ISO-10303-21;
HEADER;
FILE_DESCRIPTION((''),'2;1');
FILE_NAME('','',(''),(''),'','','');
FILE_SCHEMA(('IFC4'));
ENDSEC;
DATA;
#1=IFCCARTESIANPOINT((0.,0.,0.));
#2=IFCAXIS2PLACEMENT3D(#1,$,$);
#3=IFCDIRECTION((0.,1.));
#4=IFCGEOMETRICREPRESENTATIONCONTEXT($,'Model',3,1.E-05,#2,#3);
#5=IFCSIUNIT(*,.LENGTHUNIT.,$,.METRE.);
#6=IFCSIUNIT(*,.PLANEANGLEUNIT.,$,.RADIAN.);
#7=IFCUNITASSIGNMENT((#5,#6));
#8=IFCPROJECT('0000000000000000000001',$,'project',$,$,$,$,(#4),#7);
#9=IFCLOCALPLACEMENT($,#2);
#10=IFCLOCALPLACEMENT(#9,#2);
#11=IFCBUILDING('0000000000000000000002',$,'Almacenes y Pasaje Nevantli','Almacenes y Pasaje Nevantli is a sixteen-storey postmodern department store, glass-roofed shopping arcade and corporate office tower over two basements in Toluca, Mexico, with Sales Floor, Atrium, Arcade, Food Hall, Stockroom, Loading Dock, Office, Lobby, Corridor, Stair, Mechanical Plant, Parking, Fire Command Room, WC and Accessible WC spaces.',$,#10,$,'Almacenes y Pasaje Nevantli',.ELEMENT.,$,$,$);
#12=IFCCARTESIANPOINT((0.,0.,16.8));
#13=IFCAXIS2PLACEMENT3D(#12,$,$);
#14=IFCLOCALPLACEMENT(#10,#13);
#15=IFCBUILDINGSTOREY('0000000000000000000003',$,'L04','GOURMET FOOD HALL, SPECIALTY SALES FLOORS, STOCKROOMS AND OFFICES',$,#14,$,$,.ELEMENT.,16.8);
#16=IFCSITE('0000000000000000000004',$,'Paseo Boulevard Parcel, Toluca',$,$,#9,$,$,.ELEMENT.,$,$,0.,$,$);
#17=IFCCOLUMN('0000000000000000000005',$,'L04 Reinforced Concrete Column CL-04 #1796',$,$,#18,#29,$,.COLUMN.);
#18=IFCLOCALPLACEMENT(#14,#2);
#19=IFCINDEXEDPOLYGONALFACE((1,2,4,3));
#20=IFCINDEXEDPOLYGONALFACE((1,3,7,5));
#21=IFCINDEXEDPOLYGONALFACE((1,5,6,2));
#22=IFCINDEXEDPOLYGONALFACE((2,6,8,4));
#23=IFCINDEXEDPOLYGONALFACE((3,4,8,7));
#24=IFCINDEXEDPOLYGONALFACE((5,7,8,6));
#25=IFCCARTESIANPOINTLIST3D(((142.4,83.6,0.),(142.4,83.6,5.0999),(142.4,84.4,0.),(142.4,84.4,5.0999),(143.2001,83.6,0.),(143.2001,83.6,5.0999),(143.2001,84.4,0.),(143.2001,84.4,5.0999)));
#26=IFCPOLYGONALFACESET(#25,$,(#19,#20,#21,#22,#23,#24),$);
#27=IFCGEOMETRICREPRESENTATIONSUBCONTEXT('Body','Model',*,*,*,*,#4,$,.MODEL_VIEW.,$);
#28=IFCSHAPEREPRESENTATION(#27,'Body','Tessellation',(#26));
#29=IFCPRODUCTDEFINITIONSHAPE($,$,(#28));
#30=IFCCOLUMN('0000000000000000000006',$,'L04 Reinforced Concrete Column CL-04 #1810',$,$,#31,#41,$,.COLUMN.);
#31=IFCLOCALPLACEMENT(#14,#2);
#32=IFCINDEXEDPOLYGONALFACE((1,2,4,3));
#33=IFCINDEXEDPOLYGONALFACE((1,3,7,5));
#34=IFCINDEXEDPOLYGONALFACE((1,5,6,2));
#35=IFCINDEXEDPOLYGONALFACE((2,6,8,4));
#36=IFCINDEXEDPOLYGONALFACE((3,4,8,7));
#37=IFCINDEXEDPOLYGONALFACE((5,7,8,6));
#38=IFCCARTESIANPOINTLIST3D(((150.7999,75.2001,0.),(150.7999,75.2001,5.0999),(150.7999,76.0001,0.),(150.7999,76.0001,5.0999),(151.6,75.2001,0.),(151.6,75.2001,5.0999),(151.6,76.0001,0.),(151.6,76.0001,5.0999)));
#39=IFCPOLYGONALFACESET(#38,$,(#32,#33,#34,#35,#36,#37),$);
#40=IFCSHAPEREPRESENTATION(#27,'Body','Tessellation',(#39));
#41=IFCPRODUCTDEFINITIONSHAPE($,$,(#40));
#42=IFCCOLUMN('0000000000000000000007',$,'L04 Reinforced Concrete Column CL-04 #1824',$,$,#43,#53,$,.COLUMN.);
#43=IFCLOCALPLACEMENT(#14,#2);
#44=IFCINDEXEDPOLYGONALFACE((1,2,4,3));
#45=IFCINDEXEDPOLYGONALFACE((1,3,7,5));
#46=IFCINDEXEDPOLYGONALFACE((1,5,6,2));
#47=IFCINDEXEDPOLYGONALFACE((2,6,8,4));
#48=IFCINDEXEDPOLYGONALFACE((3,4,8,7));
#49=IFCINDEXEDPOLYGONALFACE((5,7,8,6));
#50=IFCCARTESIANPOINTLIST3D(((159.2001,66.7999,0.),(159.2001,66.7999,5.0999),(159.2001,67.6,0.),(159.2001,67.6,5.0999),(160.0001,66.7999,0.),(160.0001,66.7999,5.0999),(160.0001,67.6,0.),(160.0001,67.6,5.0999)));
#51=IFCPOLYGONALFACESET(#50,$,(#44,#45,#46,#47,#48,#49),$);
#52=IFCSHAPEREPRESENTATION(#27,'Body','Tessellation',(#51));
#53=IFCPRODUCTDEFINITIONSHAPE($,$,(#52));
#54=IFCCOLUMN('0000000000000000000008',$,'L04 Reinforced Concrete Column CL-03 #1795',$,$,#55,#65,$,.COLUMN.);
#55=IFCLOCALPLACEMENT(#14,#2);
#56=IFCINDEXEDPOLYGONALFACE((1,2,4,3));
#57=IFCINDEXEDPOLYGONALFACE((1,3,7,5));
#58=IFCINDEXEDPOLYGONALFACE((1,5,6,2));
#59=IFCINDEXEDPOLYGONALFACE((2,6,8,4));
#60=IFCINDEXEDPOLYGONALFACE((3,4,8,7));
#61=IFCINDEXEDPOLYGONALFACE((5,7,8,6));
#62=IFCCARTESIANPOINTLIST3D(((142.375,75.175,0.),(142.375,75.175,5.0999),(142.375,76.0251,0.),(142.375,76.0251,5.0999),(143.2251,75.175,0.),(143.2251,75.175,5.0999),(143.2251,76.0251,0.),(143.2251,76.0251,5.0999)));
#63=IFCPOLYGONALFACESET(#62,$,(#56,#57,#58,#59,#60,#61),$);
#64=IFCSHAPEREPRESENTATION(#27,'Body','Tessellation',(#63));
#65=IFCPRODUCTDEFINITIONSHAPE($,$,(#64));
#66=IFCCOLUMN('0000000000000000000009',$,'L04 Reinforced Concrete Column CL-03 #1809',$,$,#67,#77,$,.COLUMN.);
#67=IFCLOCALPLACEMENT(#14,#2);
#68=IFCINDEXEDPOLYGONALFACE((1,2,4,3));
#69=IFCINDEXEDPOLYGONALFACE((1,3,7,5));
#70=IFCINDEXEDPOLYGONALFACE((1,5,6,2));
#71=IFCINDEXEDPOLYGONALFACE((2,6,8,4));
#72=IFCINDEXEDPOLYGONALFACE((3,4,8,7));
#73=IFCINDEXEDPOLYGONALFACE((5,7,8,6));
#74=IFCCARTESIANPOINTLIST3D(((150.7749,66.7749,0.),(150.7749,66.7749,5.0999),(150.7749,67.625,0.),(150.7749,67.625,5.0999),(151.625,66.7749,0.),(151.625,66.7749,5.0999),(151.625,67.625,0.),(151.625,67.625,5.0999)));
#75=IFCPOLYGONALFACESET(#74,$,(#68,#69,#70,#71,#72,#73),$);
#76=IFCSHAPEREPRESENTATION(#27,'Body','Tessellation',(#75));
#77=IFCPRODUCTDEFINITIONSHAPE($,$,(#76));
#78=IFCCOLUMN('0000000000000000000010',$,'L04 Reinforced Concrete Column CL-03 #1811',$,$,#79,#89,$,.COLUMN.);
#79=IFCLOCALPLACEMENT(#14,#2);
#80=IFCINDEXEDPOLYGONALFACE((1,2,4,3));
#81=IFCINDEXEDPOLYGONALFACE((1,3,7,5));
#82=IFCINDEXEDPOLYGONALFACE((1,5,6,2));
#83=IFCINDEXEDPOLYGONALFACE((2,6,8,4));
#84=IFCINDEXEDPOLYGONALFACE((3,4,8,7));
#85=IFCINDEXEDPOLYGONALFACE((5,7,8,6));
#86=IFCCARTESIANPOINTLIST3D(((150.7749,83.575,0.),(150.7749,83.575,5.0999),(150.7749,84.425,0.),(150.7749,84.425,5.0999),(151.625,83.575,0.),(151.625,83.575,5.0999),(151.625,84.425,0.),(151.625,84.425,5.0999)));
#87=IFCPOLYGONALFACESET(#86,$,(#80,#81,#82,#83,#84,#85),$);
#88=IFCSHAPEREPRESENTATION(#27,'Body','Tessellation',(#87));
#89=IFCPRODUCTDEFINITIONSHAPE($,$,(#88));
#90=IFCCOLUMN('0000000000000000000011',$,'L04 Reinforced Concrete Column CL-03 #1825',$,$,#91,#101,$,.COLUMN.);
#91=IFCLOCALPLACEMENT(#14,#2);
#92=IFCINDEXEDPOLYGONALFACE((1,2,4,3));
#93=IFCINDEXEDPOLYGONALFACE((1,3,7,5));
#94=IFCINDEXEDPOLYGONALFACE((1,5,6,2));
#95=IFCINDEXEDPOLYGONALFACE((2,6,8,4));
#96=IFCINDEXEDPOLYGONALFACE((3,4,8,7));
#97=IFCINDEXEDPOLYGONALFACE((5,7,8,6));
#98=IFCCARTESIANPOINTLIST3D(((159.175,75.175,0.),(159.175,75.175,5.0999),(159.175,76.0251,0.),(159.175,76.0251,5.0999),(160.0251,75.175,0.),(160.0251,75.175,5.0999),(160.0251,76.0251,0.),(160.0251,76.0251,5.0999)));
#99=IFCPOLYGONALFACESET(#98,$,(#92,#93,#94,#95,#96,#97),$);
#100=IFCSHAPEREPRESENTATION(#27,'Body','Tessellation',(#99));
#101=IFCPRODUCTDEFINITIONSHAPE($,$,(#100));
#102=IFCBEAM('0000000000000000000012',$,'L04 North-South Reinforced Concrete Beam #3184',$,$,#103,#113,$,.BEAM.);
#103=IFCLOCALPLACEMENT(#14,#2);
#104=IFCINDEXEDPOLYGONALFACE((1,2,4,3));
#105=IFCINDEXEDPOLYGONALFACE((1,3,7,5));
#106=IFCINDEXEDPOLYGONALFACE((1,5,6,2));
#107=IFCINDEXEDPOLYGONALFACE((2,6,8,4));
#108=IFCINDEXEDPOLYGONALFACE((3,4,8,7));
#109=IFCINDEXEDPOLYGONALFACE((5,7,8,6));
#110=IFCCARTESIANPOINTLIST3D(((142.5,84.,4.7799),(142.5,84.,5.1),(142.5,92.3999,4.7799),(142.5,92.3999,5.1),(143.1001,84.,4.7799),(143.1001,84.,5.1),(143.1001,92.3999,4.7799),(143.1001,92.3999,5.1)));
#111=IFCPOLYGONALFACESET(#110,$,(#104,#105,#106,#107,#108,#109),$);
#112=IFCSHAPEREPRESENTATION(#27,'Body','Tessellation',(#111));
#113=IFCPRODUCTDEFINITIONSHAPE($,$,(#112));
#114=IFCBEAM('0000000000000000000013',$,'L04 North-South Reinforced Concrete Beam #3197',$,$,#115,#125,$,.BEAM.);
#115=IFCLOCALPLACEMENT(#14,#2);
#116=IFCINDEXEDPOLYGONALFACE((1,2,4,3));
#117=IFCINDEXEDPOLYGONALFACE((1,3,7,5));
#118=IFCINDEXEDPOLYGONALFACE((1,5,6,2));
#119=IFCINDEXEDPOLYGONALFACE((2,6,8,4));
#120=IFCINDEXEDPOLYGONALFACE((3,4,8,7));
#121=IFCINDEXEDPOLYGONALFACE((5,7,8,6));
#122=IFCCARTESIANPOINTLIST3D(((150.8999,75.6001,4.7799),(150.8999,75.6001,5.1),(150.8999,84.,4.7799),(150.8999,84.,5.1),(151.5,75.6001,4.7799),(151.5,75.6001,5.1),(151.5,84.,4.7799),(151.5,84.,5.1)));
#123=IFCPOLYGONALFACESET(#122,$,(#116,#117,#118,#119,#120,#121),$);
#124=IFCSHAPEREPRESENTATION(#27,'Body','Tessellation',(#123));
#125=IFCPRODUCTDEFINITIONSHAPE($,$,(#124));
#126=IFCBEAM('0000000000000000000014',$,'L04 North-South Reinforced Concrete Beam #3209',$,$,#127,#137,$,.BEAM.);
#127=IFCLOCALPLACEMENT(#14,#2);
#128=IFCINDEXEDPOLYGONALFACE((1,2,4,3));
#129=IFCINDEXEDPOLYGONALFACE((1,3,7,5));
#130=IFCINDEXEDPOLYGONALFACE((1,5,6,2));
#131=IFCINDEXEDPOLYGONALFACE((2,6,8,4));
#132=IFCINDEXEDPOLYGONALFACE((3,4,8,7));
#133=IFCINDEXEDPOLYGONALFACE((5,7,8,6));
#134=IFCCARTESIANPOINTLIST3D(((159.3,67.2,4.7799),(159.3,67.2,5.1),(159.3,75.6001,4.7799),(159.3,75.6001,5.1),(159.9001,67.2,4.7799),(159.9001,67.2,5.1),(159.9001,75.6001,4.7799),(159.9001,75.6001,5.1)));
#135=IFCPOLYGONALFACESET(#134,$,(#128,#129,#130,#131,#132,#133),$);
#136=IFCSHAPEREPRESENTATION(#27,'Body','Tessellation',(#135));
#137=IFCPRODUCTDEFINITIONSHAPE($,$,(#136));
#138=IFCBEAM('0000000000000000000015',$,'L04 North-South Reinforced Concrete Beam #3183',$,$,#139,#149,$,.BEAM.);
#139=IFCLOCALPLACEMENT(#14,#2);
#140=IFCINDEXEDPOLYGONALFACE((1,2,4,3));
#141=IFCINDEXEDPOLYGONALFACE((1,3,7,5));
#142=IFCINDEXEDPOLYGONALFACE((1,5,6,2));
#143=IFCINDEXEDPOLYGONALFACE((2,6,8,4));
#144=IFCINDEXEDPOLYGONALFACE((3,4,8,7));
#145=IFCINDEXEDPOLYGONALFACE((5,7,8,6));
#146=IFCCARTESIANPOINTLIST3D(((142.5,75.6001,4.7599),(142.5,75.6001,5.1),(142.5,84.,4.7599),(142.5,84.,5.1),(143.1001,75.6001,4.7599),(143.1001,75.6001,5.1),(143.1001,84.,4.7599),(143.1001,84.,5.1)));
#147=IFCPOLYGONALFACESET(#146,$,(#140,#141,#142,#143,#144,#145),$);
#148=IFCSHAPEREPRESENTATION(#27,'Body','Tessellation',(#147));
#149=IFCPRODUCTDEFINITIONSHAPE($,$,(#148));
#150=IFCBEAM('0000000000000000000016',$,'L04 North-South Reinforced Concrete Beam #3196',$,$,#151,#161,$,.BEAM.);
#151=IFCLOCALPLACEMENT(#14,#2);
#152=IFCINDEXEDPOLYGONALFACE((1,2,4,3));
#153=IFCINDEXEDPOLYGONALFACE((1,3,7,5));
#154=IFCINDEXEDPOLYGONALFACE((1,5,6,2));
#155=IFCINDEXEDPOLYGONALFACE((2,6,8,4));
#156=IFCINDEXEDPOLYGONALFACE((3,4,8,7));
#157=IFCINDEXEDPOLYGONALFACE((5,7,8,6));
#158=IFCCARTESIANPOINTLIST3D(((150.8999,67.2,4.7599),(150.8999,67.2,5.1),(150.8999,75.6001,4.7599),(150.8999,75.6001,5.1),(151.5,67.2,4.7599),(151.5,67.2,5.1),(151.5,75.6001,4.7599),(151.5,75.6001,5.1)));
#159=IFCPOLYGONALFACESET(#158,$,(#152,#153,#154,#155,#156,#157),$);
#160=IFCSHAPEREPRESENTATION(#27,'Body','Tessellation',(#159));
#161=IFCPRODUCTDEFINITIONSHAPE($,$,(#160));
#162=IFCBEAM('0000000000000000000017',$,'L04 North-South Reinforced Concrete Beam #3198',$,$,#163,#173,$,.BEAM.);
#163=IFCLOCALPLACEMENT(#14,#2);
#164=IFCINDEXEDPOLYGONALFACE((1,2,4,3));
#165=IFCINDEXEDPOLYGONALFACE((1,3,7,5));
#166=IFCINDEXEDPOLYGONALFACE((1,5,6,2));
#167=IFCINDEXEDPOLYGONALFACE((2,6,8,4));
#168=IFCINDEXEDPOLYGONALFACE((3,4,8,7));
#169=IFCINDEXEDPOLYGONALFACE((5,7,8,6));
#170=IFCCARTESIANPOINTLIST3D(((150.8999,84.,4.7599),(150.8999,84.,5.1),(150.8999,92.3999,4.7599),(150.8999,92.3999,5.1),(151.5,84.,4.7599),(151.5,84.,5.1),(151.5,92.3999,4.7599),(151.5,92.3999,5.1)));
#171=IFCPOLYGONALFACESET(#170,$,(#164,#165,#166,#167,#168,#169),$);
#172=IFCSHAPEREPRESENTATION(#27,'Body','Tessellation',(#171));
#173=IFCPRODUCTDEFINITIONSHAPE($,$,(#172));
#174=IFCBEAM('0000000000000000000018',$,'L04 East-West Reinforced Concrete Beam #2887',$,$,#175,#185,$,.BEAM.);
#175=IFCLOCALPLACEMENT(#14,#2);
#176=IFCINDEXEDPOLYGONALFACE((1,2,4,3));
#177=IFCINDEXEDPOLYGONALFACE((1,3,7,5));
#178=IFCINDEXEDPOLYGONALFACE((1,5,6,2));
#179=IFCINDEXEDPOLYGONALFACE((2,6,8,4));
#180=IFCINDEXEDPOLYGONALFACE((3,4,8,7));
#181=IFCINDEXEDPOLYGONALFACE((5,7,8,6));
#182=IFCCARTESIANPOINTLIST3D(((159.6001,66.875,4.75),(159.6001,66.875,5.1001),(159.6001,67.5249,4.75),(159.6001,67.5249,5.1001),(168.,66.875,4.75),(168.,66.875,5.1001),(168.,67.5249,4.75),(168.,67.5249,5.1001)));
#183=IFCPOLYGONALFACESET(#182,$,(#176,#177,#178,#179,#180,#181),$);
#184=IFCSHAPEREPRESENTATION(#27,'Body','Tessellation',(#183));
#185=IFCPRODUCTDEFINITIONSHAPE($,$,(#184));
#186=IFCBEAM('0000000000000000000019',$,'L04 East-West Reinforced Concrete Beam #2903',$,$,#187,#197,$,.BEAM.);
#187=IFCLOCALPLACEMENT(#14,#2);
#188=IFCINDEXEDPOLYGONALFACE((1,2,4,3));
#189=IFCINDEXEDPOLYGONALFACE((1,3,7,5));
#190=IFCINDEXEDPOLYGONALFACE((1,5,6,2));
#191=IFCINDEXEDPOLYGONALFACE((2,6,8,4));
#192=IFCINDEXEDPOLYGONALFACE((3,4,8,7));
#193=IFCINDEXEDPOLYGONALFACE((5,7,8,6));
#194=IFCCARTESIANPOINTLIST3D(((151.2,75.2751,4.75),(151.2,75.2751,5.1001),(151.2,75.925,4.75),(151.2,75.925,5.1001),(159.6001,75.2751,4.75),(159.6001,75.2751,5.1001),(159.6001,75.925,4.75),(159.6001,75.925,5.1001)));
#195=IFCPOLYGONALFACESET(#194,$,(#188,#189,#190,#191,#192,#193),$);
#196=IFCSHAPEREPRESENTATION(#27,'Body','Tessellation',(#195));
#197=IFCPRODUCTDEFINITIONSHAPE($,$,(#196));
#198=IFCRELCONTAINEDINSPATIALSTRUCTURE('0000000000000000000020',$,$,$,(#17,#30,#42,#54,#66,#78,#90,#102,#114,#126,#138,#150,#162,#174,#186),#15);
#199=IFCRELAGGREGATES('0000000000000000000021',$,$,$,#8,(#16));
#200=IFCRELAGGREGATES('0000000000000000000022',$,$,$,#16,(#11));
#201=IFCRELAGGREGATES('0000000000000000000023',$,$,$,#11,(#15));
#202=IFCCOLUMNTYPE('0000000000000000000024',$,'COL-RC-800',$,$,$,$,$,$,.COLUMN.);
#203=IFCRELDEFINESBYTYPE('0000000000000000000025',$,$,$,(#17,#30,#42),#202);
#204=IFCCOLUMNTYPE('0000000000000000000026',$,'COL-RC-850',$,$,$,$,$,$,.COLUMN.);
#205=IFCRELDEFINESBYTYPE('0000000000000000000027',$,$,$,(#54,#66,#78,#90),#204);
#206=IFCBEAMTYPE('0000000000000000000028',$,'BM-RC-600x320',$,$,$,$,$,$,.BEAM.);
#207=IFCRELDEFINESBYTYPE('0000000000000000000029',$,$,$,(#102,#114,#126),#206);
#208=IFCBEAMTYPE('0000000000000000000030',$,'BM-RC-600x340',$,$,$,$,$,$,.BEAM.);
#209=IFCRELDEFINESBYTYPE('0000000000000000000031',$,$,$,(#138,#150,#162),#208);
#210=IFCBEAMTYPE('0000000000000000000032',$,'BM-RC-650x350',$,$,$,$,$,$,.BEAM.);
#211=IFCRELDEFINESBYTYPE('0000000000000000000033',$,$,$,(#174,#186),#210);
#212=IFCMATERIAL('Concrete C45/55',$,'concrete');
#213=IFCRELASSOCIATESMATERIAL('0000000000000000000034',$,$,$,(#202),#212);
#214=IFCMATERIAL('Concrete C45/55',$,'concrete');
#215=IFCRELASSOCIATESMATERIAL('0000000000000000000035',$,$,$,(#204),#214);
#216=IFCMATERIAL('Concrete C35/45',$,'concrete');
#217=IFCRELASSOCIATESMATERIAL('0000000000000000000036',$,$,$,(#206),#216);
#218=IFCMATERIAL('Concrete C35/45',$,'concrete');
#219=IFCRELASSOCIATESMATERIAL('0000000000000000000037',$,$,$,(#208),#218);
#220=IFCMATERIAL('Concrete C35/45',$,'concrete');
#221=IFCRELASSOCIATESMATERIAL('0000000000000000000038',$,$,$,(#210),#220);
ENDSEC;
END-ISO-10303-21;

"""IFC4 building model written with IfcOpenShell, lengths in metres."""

from ifc_helpers import new_model, si_unit, direction, frame, origin, origin_2d, place, context, subcontext, project, spatial, rectangle, extrude, material, material_profile, profile_set, type_object, element, save


model = new_model("IFC4")

# Units and contexts
model_context = context("Model", 3, precision=1e-05, world=origin(), true_north=direction((0.0, 1.0)))
body_context = subcontext(model_context, "Body", "Model", "MODEL_VIEW")
ifc_project = project(units=[si_unit("LENGTHUNIT", "METRE"), si_unit("PLANEANGLEUNIT", "RADIAN")], contexts=[model_context])

# Site, building, storey
site_placement = place(None, origin())
site = spatial("IfcSite", under=ifc_project, at=site_placement, Name="Paseo Boulevard Parcel, Toluca", CompositionType="ELEMENT", RefElevation=0.0)
building_placement = place(site_placement, origin())
building = spatial("IfcBuilding", under=site, at=building_placement, Name="Almacenes y Pasaje Nevantli", Description="Almacenes y Pasaje Nevantli is a sixteen-storey postmodern department store, glass-roofed shopping arcade and corporate office tower over two basements in Toluca, Mexico, with Sales Floor, Atrium, Arcade, Food Hall, Stockroom, Loading Dock, Office, Lobby, Corridor, Stair, Mechanical Plant, Parking, Fire Command Room, WC and Accessible WC spaces.", LongName="Almacenes y Pasaje Nevantli", CompositionType="ELEMENT")
storey_placement = place(building_placement, frame((0.0, 0.0, 16.8)))
storey = spatial("IfcBuildingStorey", under=building, at=storey_placement, Name="L04", Description="GOURMET FOOD HALL, SPECIALTY SALES FLOORS, STOCKROOMS AND OFFICES", CompositionType="ELEMENT", Elevation=16.8)

# Columns
ifc_material_1 = material(Name="Concrete C45/55", Category="concrete")
ifc_material_profile_1 = material_profile(ifc_material_1, rectangle(XDim=0.8, YDim=0.8, at=origin_2d()), Name="RC-COL-800x800")
ifc_profile_set_1 = profile_set([ifc_material_profile_1], Name="Concrete C45/55")
column_type_1 = type_object("IfcColumnType", Name="COL-RC-800", PredefinedType="COLUMN", material=ifc_profile_set_1)
for number, where, z_axis, x_axis, name in (
    (1, (142.8, 84.0, 0.0), (0.0, 0.0, 1.0), (1.0, 0.0, 0.0), "L04 Reinforced Concrete Column CL-04 #1796"),
    (2, (151.2, 75.6001, 0.0), (0.0, 0.0, 1.0), (1.0, 0.0, 0.0), "L04 Reinforced Concrete Column CL-04 #1810"),
    (3, (159.6001, 67.2, 0.0), (0.0, 0.0, 1.0), (1.0, 0.0, 0.0), "L04 Reinforced Concrete Column CL-04 #1824"),
):
    element("IfcColumn", number, at=place(storey_placement, frame(where, z_axis=z_axis, x_axis=x_axis)), inside=storey, type_object=column_type_1, Name=name, PredefinedType="COLUMN", context=body_context, shape_type="SweptSolid", body=[
        extrude(rectangle(XDim=0.8, YDim=0.8, at=origin_2d()), origin(), (0.0, 0.0, 1.0), 5.0999),
    ])
ifc_material_2 = material(Name="Concrete C45/55", Category="concrete")
ifc_material_profile_2 = material_profile(ifc_material_2, rectangle(XDim=0.8501, YDim=0.8501, at=origin_2d()), Name="RC-COL-850x850")
ifc_profile_set_2 = profile_set([ifc_material_profile_2], Name="Concrete C45/55")
column_type_2 = type_object("IfcColumnType", Name="COL-RC-850", PredefinedType="COLUMN", material=ifc_profile_set_2)
for number, where, z_axis, x_axis, name in (
    (4, (142.8, 75.6001, 0.0), (0.0, 0.0, 1.0), (1.0, 0.0, 0.0), "L04 Reinforced Concrete Column CL-03 #1795"),
    (5, (151.2, 67.2, 0.0), (0.0, 0.0, 1.0), (1.0, 0.0, 0.0), "L04 Reinforced Concrete Column CL-03 #1809"),
    (6, (151.2, 84.0, 0.0), (0.0, 0.0, 1.0), (1.0, 0.0, 0.0), "L04 Reinforced Concrete Column CL-03 #1811"),
    (7, (159.6001, 75.6001, 0.0), (0.0, 0.0, 1.0), (1.0, 0.0, 0.0), "L04 Reinforced Concrete Column CL-03 #1825"),
):
    element("IfcColumn", number, at=place(storey_placement, frame(where, z_axis=z_axis, x_axis=x_axis)), inside=storey, type_object=column_type_2, Name=name, PredefinedType="COLUMN", context=body_context, shape_type="SweptSolid", body=[
        extrude(rectangle(XDim=0.8501, YDim=0.8501, at=origin_2d()), origin(), (0.0, 0.0, 1.0), 5.0999),
    ])

# Beams
ifc_material_3 = material(Name="Concrete C35/45", Category="concrete")
ifc_material_profile_3 = material_profile(ifc_material_3, rectangle(XDim=0.6001, YDim=0.3201, at=origin_2d()), Name="RC-BM-600x320")
ifc_profile_set_3 = profile_set([ifc_material_profile_3], Name="Concrete C35/45")
beam_type_1 = type_object("IfcBeamType", Name="BM-RC-600x320", PredefinedType="BEAM", material=ifc_profile_set_3)
for number, where, z_axis, x_axis, name in (
    (8, (142.8, 84.0, 4.9399), (0.0, 1.0, 0.0), (-1.0, 0.0, 0.0), "L04 North-South Reinforced Concrete Beam #3184"),
    (9, (151.2, 75.6001, 4.9399), (0.0, 1.0, 0.0), (-1.0, 0.0, 0.0), "L04 North-South Reinforced Concrete Beam #3197"),
):
    element("IfcBeam", number, at=place(storey_placement, frame(where, z_axis=z_axis, x_axis=x_axis)), inside=storey, type_object=beam_type_1, Name=name, PredefinedType="BEAM", context=body_context, shape_type="SweptSolid", body=[
        extrude(rectangle(XDim=0.6001, YDim=0.3201, at=origin_2d()), origin(), (0.0, 0.0, 1.0), 8.3999),
    ])
beam_1_placement = place(storey_placement, frame((159.6001, 67.2, 4.9399), z_axis=(0.0, 1.0, 0.0), x_axis=(-1.0, 0.0, 0.0)))
element("IfcBeam", 10, at=beam_1_placement, inside=storey, type_object=beam_type_1, Name="L04 North-South Reinforced Concrete Beam #3209", PredefinedType="BEAM", context=body_context, shape_type="SweptSolid", body=[
    extrude(rectangle(XDim=0.6001, YDim=0.3201, at=origin_2d()), origin(), (0.0, 0.0, 1.0), 8.4001),
])
ifc_material_4 = material(Name="Concrete C35/45", Category="concrete")
ifc_material_profile_4 = material_profile(ifc_material_4, rectangle(XDim=0.6001, YDim=0.3401, at=origin_2d()), Name="RC-BM-600x340")
ifc_profile_set_4 = profile_set([ifc_material_profile_4], Name="Concrete C35/45")
beam_type_2 = type_object("IfcBeamType", Name="BM-RC-600x340", PredefinedType="BEAM", material=ifc_profile_set_4)
beam_2_placement = place(storey_placement, frame((142.8, 75.6001, 4.9299), z_axis=(0.0, 1.0, 0.0), x_axis=(-1.0, 0.0, 0.0)))
element("IfcBeam", 11, at=beam_2_placement, inside=storey, type_object=beam_type_2, Name="L04 North-South Reinforced Concrete Beam #3183", PredefinedType="BEAM", context=body_context, shape_type="SweptSolid", body=[
    extrude(rectangle(XDim=0.6001, YDim=0.3401, at=origin_2d()), origin(), (0.0, 0.0, 1.0), 8.3999),
])
beam_3_placement = place(storey_placement, frame((151.2, 67.2, 4.9299), z_axis=(0.0, 1.0, 0.0), x_axis=(-1.0, 0.0, 0.0)))
element("IfcBeam", 12, at=beam_3_placement, inside=storey, type_object=beam_type_2, Name="L04 North-South Reinforced Concrete Beam #3196", PredefinedType="BEAM", context=body_context, shape_type="SweptSolid", body=[
    extrude(rectangle(XDim=0.6001, YDim=0.3401, at=origin_2d()), origin(), (0.0, 0.0, 1.0), 8.4001),
])
beam_4_placement = place(storey_placement, frame((151.2, 84.0, 4.9299), z_axis=(0.0, 1.0, 0.0), x_axis=(-1.0, 0.0, 0.0)))
element("IfcBeam", 13, at=beam_4_placement, inside=storey, type_object=beam_type_2, Name="L04 North-South Reinforced Concrete Beam #3198", PredefinedType="BEAM", context=body_context, shape_type="SweptSolid", body=[
    extrude(rectangle(XDim=0.6001, YDim=0.3401, at=origin_2d()), origin(), (0.0, 0.0, 1.0), 8.3999),
])
ifc_material_5 = material(Name="Concrete C35/45", Category="concrete")
ifc_material_profile_5 = material_profile(ifc_material_5, rectangle(XDim=0.6499, YDim=0.3501, at=origin_2d()), Name="RC-BM-650x350")
ifc_profile_set_5 = profile_set([ifc_material_profile_5], Name="Concrete C35/45")
beam_type_3 = type_object("IfcBeamType", Name="BM-RC-650x350", PredefinedType="BEAM", material=ifc_profile_set_5)
beam_5_placement = place(storey_placement, frame((159.6001, 67.2, 4.925), z_axis=(1.0, 0.0, 0.0), x_axis=(0.0, 1.0, 0.0)))
element("IfcBeam", 14, at=beam_5_placement, inside=storey, type_object=beam_type_3, Name="L04 East-West Reinforced Concrete Beam #2887", PredefinedType="BEAM", context=body_context, shape_type="SweptSolid", body=[
    extrude(rectangle(XDim=0.6499, YDim=0.3501, at=origin_2d()), origin(), (0.0, 0.0, 1.0), 8.3999),
])
beam_6_placement = place(storey_placement, frame((151.2, 75.6001, 4.925), z_axis=(1.0, 0.0, 0.0), x_axis=(0.0, 1.0, 0.0)))
element("IfcBeam", 15, at=beam_6_placement, inside=storey, type_object=beam_type_3, Name="L04 East-West Reinforced Concrete Beam #2903", PredefinedType="BEAM", context=body_context, shape_type="SweptSolid", body=[
    extrude(rectangle(XDim=0.6499, YDim=0.3501, at=origin_2d()), origin(), (0.0, 0.0, 1.0), 8.4001),
])

save(model, "model.ifc")
